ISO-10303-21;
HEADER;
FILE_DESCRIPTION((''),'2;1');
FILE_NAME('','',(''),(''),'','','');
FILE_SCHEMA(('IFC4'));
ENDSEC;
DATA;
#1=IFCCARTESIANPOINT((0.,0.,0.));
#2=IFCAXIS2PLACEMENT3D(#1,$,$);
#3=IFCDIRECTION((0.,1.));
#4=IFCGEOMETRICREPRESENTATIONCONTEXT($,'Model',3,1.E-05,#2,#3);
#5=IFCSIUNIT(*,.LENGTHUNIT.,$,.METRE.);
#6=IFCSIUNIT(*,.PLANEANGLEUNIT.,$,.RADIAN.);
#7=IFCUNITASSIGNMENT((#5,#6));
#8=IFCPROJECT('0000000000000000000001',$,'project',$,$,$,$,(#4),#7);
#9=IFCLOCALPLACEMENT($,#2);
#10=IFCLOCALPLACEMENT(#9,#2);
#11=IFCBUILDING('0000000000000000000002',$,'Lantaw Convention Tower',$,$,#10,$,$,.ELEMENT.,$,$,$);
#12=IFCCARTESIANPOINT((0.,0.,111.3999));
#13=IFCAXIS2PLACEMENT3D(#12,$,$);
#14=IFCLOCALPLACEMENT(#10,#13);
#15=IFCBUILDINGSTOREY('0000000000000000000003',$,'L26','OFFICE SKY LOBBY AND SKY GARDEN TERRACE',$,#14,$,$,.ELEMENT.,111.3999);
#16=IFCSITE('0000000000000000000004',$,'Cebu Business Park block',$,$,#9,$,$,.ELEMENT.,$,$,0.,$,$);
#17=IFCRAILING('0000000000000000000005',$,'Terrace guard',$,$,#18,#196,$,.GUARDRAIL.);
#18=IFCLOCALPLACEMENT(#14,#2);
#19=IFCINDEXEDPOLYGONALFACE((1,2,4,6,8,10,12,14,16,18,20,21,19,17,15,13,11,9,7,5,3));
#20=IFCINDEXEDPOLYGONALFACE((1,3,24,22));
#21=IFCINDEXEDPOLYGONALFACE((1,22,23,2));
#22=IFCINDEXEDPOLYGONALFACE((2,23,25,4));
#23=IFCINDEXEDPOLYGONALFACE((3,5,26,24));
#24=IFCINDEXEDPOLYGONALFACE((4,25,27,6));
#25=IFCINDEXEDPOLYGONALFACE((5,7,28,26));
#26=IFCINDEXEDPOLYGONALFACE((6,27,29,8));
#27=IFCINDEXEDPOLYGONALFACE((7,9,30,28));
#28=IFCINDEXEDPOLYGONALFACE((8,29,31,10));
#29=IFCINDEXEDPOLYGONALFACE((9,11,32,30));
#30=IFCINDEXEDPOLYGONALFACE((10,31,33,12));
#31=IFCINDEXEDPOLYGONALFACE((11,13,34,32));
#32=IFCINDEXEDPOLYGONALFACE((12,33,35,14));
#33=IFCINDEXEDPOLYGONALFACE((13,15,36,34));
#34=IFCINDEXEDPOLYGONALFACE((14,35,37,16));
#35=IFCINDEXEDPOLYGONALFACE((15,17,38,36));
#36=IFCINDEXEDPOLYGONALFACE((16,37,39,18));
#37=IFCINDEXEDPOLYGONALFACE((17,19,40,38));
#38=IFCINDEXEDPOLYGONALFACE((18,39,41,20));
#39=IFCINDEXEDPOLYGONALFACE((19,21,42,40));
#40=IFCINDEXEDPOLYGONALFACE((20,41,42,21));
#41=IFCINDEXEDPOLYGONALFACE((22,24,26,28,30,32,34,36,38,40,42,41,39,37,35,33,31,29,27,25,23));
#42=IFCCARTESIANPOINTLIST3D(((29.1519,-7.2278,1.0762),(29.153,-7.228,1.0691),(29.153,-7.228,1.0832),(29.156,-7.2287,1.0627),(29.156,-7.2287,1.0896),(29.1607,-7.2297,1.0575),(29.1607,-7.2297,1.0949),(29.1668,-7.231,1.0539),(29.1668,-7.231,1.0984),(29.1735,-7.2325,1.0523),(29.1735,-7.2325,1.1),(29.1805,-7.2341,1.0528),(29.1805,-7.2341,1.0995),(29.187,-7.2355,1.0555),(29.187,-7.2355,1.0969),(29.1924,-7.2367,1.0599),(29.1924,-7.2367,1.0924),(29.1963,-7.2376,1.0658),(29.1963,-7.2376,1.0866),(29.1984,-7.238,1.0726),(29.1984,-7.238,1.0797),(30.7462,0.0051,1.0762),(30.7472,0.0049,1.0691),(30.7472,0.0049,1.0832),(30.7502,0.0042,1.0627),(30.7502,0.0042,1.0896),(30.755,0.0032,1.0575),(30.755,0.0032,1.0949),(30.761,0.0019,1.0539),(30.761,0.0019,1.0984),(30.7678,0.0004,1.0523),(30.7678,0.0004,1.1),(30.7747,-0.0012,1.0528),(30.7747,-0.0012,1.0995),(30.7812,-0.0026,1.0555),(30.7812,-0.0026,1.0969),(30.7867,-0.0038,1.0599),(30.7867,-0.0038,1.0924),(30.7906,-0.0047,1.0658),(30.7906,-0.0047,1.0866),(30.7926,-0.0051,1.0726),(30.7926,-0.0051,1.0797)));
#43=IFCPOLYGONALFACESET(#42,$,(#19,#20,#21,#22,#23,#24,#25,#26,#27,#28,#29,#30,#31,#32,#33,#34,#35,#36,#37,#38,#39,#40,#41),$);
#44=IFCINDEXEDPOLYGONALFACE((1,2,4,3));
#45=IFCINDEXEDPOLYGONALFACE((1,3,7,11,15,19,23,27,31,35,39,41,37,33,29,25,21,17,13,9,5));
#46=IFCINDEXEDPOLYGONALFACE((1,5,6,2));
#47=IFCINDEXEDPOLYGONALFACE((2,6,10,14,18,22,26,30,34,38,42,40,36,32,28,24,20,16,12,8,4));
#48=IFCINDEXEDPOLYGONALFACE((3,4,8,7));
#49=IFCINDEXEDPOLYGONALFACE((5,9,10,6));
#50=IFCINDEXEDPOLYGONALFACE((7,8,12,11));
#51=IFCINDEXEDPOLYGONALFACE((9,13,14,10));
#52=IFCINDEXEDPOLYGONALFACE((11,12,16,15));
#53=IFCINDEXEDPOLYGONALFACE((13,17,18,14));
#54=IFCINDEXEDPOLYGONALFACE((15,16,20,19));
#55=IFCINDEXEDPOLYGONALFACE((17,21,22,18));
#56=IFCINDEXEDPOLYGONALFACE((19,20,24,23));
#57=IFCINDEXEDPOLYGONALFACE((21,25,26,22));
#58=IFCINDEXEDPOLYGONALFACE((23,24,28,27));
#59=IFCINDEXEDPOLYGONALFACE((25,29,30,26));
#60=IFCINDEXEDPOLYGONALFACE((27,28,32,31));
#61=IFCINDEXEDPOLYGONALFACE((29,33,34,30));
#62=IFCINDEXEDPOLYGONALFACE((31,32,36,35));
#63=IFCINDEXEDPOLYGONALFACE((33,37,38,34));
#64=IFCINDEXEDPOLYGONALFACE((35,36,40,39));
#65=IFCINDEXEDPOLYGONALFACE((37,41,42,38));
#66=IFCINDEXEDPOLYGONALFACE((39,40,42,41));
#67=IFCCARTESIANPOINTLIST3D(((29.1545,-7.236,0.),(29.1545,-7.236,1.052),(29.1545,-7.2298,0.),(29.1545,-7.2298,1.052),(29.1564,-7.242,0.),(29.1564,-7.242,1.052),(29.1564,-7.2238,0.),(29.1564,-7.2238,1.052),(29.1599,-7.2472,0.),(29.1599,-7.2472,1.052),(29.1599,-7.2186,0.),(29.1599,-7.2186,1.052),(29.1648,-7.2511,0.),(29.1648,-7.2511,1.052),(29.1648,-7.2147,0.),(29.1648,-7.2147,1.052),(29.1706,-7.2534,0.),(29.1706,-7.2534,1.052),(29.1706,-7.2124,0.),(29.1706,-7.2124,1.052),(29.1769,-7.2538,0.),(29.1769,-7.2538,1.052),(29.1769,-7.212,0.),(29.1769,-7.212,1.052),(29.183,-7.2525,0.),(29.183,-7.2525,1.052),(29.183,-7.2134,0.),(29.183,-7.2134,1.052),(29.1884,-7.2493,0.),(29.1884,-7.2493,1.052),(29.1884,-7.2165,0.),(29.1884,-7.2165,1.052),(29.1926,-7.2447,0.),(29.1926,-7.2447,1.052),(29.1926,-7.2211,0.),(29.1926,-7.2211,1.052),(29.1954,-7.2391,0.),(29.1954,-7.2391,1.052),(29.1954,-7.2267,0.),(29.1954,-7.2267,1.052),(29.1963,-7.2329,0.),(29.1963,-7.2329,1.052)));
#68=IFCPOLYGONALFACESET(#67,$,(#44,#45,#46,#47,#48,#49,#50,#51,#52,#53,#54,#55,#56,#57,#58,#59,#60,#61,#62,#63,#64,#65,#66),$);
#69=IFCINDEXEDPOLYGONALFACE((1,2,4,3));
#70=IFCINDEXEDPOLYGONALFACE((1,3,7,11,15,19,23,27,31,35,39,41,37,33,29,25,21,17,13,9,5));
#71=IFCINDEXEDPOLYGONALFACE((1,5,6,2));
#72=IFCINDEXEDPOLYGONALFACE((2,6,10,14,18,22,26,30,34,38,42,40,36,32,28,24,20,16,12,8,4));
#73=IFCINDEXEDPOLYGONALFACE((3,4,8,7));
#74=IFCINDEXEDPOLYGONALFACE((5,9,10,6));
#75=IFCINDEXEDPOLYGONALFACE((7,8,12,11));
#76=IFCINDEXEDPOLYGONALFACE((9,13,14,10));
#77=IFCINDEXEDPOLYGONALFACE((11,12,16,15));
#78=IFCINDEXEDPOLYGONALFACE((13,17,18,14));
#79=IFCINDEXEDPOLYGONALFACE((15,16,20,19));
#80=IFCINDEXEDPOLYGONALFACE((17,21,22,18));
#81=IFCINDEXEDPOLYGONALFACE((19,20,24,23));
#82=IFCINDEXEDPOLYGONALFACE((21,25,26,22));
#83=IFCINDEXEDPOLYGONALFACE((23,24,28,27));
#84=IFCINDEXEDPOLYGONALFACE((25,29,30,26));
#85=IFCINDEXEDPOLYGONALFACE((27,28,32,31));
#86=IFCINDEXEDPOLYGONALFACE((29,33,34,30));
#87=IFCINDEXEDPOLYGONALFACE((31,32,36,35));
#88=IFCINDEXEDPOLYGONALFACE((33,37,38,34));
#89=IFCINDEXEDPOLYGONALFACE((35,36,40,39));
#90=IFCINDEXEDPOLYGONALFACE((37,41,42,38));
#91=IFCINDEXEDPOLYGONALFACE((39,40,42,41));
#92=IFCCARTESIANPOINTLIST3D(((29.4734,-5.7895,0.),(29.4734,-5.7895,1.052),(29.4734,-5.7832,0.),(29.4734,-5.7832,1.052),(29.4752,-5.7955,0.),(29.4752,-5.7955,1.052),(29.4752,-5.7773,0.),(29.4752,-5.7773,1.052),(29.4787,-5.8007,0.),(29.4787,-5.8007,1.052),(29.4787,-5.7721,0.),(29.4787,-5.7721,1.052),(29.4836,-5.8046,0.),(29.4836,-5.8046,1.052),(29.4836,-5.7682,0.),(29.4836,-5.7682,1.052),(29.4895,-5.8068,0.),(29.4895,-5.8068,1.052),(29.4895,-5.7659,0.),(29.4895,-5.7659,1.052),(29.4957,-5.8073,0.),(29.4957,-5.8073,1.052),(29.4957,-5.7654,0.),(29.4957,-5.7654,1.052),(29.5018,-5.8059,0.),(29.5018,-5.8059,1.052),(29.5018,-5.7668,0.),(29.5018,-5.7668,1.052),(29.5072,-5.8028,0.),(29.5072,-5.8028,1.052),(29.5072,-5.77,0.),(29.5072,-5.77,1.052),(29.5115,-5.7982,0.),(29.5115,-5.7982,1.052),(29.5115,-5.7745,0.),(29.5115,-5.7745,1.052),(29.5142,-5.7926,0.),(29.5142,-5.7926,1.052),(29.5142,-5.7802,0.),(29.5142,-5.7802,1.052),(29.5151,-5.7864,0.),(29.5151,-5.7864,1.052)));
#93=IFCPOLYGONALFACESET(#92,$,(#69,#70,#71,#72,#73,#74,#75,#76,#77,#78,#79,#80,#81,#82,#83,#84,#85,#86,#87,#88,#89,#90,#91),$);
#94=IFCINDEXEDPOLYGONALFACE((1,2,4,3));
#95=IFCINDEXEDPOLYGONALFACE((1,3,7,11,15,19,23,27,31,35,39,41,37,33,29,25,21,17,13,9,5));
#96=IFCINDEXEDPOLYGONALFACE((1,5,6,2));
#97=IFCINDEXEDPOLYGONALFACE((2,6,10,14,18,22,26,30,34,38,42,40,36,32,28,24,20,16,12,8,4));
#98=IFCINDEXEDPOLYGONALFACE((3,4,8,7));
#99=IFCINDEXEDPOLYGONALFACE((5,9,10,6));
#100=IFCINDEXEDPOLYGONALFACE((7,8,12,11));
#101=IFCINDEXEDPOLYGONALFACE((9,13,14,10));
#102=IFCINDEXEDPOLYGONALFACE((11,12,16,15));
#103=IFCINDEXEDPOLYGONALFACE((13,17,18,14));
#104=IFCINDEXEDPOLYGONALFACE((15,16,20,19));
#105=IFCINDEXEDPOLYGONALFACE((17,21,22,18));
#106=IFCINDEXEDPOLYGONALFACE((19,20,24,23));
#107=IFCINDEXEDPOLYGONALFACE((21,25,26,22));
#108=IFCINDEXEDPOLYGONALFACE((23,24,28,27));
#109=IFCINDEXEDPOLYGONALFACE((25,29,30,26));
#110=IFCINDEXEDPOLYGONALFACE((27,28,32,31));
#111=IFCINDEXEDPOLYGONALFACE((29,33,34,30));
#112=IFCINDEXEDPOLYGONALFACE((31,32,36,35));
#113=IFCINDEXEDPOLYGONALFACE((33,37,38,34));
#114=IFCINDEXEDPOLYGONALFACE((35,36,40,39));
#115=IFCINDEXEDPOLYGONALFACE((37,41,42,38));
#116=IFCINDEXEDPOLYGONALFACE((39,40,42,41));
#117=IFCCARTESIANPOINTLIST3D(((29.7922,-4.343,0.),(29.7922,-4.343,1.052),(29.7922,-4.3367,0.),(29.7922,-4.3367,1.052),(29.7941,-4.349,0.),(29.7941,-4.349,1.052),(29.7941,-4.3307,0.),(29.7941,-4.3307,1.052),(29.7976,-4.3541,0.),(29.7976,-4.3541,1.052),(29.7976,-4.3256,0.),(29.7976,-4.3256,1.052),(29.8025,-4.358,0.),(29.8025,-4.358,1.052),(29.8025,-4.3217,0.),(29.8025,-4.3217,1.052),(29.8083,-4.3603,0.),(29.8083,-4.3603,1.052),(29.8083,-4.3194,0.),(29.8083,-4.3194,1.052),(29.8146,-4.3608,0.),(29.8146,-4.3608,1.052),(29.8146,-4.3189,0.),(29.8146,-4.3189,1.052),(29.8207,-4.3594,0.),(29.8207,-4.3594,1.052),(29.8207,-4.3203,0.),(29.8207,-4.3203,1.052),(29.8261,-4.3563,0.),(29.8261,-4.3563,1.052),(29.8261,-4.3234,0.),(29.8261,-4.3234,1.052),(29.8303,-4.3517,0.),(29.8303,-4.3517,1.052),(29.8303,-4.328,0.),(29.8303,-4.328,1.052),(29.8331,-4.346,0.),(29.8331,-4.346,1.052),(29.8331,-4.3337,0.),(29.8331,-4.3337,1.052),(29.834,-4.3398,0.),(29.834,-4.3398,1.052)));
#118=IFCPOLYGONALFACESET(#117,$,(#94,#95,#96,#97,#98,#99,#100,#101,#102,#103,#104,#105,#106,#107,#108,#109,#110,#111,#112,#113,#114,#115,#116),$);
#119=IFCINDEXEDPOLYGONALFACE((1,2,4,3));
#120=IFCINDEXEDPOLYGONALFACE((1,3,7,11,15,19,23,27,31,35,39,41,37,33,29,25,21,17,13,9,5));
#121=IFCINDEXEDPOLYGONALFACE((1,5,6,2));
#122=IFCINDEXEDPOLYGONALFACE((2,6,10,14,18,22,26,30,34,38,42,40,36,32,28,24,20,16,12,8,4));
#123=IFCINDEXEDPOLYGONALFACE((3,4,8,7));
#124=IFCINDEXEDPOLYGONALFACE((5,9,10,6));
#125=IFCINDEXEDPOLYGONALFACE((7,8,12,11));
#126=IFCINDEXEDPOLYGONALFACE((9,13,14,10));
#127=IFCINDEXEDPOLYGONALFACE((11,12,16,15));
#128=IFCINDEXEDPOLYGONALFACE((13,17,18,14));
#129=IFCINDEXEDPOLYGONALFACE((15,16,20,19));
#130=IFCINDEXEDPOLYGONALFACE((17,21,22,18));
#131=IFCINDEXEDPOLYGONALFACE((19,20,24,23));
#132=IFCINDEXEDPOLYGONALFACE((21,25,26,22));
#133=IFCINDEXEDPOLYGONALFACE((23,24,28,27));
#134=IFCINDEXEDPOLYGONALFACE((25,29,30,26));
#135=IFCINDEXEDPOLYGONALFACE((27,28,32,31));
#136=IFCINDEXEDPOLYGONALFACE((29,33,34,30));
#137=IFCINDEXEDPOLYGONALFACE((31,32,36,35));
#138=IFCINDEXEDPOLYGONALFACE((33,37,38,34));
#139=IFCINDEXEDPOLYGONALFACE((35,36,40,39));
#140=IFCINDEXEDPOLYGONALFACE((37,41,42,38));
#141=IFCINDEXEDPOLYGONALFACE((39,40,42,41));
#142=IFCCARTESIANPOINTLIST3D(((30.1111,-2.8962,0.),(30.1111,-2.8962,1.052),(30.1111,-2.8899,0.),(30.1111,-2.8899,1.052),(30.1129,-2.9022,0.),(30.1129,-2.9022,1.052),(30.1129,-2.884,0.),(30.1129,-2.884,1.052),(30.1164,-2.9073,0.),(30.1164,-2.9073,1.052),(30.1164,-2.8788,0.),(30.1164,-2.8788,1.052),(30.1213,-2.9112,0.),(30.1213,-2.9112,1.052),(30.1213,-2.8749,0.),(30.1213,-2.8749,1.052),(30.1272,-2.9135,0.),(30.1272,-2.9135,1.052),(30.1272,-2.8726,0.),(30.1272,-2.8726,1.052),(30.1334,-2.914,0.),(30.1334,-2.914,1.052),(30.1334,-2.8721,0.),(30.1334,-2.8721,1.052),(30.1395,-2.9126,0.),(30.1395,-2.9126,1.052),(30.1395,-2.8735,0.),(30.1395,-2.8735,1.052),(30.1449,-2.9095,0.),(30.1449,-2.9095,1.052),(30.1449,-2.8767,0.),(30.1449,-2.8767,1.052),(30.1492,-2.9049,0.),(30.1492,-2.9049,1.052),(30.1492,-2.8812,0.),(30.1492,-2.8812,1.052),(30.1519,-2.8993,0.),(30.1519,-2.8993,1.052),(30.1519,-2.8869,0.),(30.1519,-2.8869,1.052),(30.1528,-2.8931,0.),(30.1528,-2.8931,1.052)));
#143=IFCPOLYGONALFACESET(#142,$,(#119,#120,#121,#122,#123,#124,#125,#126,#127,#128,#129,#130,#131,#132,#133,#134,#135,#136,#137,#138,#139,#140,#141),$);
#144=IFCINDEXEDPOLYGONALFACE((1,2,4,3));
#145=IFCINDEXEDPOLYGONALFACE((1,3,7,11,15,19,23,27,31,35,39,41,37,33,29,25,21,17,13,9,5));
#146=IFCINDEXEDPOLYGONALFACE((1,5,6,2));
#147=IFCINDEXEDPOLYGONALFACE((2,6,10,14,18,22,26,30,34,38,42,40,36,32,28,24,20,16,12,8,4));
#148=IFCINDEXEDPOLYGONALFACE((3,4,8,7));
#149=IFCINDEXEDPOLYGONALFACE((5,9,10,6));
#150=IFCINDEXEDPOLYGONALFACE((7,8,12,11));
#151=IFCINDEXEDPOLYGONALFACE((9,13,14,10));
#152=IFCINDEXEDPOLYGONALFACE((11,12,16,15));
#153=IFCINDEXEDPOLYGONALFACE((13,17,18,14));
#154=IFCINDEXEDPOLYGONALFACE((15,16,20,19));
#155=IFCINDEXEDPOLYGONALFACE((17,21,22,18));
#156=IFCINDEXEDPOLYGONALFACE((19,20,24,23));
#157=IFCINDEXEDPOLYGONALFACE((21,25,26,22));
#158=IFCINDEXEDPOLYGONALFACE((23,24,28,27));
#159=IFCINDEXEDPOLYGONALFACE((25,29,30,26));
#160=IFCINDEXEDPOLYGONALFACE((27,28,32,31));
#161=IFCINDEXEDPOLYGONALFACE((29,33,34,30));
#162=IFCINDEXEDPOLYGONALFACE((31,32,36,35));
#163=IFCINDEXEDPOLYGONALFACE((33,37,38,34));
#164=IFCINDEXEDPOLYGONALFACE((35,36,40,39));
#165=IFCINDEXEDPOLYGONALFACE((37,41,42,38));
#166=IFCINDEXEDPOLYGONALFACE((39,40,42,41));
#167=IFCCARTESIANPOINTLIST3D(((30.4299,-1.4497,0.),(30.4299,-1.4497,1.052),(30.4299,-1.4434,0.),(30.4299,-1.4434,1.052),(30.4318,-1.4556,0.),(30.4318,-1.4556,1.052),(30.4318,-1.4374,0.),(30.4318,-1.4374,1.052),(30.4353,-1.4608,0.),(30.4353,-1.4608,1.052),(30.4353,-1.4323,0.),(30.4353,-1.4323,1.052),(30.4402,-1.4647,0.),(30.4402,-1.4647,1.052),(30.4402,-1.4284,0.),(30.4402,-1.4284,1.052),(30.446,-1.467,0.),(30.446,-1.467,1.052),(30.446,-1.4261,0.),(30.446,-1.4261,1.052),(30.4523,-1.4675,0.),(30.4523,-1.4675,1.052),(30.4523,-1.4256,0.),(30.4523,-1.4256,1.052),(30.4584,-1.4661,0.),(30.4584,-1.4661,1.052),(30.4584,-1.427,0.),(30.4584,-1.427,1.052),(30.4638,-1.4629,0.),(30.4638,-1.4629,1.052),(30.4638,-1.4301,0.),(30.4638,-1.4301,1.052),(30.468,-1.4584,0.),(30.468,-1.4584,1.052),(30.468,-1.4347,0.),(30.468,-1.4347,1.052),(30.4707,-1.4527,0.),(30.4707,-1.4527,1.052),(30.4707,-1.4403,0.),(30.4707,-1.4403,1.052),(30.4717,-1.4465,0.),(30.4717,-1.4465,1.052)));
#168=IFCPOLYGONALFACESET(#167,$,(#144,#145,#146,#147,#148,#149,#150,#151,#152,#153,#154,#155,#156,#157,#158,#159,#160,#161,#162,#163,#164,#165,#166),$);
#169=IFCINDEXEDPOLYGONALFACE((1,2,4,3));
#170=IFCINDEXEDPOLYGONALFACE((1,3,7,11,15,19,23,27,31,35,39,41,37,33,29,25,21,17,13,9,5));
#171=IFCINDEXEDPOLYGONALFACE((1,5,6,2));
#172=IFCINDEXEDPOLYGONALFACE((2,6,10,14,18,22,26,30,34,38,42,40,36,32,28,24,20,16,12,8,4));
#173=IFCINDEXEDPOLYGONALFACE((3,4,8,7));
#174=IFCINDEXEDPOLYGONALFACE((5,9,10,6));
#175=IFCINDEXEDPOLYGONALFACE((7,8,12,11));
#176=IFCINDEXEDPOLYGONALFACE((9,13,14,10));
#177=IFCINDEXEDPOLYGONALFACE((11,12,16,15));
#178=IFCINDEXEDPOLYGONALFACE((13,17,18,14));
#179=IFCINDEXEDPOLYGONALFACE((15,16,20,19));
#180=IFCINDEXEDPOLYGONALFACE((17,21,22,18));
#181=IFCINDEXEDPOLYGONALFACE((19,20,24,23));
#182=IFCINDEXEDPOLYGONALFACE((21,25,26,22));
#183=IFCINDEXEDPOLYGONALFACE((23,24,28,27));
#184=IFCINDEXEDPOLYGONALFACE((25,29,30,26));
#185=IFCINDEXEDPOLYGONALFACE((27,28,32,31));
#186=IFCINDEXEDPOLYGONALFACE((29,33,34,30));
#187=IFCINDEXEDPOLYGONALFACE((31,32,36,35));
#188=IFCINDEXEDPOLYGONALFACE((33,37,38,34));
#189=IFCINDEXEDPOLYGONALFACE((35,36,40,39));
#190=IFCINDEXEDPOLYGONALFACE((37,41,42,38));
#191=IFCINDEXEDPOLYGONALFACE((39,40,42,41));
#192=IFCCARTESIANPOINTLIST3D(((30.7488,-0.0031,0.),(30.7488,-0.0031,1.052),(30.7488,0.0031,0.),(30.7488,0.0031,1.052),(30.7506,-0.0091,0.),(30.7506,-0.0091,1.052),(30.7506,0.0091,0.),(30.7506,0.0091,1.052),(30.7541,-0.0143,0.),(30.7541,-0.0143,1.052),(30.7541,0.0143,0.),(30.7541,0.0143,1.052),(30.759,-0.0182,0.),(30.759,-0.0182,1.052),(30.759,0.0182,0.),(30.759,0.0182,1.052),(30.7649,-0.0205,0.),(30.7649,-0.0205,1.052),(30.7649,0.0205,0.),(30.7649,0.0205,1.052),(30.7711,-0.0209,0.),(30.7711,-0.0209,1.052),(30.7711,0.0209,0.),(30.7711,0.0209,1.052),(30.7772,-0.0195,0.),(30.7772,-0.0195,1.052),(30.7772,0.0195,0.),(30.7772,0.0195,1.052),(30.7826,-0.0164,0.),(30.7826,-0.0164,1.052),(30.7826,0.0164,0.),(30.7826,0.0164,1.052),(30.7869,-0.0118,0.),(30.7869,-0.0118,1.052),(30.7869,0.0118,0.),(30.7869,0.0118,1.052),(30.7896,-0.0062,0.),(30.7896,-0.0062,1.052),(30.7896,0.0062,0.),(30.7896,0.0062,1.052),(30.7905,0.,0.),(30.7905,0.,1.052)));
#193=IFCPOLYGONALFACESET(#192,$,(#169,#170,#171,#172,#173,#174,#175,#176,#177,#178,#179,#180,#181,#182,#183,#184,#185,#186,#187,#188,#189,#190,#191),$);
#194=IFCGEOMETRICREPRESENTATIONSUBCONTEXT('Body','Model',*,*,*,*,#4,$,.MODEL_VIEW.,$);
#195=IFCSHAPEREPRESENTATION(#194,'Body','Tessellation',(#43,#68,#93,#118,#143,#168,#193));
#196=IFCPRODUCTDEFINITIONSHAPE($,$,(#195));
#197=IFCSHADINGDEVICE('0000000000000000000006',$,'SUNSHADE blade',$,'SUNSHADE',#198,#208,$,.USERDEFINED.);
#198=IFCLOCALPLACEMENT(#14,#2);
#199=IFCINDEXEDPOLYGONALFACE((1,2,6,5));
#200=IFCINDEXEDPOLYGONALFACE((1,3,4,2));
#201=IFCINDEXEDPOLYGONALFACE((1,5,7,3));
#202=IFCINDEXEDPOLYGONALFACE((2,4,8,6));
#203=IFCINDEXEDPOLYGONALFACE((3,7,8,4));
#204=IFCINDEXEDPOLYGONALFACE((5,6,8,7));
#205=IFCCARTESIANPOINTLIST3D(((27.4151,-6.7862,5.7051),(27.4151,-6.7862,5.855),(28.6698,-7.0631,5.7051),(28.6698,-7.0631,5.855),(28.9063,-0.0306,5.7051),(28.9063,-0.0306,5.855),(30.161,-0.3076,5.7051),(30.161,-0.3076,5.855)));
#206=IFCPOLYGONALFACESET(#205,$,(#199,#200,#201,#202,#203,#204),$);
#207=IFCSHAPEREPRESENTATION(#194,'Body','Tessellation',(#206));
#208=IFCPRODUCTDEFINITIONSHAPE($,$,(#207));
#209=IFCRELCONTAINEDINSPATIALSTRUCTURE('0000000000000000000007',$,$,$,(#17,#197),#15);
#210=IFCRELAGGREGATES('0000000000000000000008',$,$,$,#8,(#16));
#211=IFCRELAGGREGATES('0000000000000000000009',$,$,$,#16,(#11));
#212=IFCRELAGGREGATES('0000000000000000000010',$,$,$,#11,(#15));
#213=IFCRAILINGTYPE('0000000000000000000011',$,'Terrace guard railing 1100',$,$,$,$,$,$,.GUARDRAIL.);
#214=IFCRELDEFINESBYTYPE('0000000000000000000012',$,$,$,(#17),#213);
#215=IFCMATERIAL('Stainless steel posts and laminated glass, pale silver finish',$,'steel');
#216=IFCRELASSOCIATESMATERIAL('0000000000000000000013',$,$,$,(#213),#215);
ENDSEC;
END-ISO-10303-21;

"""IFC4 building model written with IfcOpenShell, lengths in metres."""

from ifc_helpers import new_model, si_unit, direction, frame, origin, origin_2d, place, context, subcontext, project, spatial, rectangle, circle, extrude, material, type_object, element, save


model = new_model("IFC4")

# Units and contexts
model_context = context("Model", 3, precision=1e-05, world=origin(), true_north=direction((0.0, 1.0)))
body_context = subcontext(model_context, "Body", "Model", "MODEL_VIEW")
ifc_project = project(units=[si_unit("LENGTHUNIT", "METRE"), si_unit("PLANEANGLEUNIT", "RADIAN")], contexts=[model_context])

# Site, building, storey
site_placement = place(None, origin())
site = spatial("IfcSite", under=ifc_project, at=site_placement, Name="Cebu Business Park block", CompositionType="ELEMENT", RefElevation=0.0)
building_placement = place(site_placement, origin())
building = spatial("IfcBuilding", under=site, at=building_placement, Name="Lantaw Convention Tower", CompositionType="ELEMENT")
storey_placement = place(building_placement, frame((0.0, 0.0, 111.3999)))
storey = spatial("IfcBuildingStorey", under=building, at=storey_placement, Name="L26", Description="OFFICE SKY LOBBY AND SKY GARDEN TERRACE", CompositionType="ELEMENT", Elevation=111.3999)

# Railing
ifc_material_1 = material(Name="Stainless steel posts and laminated glass, pale silver finish", Category="steel")
railing_type = type_object("IfcRailingType", Name="Terrace guard railing 1100", PredefinedType="GUARDRAIL", material=ifc_material_1)
railing_placement = place(storey_placement, frame((29.1753, -7.2329, 0.0)))
element("IfcRailing", 1, at=railing_placement, inside=storey, type_object=railing_type, Name="Terrace guard", PredefinedType="GUARDRAIL", context=body_context, shape_type="SweptSolid", body=[
    extrude(circle(Radius=0.0239, at=origin_2d()), frame((0.0, 0.0, 1.0762), z_axis=(0.215248, 0.976559, 0.0), x_axis=(-0.976559, 0.215248, 0.0)), (0.0, 0.0, 1.0), 7.4065),
    extrude(circle(Radius=0.021, at=origin_2d()), origin(), (0.0, 0.0, 1.0), 1.052),
    extrude(circle(Radius=0.021, at=origin_2d()), frame((0.3188, 1.4465, 0.0)), (0.0, 0.0, 1.0), 1.052),
    extrude(circle(Radius=0.021, at=origin_2d()), frame((0.6377, 2.8931, 0.0)), (0.0, 0.0, 1.0), 1.052),
    extrude(circle(Radius=0.021, at=origin_2d()), frame((0.9565, 4.3398, 0.0)), (0.0, 0.0, 1.0), 1.052),
    extrude(circle(Radius=0.021, at=origin_2d()), frame((1.2754, 5.7864, 0.0)), (0.0, 0.0, 1.0), 1.052),
    extrude(circle(Radius=0.021, at=origin_2d()), frame((1.5942, 7.2329, 0.0)), (0.0, 0.0, 1.0), 1.052),
])

# Shading device
shading_device_placement = place(storey_placement, frame((28.7881, -3.5469, 5.7051), z_axis=(0.0, 0.0, 1.0), x_axis=(0.215546, 0.976494, 0.0)))
element("IfcShadingDevice", 2, at=shading_device_placement, inside=storey, Name="SUNSHADE blade", ObjectType="SUNSHADE", PredefinedType="USERDEFINED", context=body_context, shape_type="SweptSolid", body=[
    extrude(rectangle(XDim=6.9182, YDim=1.2849, at=origin_2d()), origin(), (0.0, 0.0, 1.0), 0.1499),
])

save(model, "model.ifc")
